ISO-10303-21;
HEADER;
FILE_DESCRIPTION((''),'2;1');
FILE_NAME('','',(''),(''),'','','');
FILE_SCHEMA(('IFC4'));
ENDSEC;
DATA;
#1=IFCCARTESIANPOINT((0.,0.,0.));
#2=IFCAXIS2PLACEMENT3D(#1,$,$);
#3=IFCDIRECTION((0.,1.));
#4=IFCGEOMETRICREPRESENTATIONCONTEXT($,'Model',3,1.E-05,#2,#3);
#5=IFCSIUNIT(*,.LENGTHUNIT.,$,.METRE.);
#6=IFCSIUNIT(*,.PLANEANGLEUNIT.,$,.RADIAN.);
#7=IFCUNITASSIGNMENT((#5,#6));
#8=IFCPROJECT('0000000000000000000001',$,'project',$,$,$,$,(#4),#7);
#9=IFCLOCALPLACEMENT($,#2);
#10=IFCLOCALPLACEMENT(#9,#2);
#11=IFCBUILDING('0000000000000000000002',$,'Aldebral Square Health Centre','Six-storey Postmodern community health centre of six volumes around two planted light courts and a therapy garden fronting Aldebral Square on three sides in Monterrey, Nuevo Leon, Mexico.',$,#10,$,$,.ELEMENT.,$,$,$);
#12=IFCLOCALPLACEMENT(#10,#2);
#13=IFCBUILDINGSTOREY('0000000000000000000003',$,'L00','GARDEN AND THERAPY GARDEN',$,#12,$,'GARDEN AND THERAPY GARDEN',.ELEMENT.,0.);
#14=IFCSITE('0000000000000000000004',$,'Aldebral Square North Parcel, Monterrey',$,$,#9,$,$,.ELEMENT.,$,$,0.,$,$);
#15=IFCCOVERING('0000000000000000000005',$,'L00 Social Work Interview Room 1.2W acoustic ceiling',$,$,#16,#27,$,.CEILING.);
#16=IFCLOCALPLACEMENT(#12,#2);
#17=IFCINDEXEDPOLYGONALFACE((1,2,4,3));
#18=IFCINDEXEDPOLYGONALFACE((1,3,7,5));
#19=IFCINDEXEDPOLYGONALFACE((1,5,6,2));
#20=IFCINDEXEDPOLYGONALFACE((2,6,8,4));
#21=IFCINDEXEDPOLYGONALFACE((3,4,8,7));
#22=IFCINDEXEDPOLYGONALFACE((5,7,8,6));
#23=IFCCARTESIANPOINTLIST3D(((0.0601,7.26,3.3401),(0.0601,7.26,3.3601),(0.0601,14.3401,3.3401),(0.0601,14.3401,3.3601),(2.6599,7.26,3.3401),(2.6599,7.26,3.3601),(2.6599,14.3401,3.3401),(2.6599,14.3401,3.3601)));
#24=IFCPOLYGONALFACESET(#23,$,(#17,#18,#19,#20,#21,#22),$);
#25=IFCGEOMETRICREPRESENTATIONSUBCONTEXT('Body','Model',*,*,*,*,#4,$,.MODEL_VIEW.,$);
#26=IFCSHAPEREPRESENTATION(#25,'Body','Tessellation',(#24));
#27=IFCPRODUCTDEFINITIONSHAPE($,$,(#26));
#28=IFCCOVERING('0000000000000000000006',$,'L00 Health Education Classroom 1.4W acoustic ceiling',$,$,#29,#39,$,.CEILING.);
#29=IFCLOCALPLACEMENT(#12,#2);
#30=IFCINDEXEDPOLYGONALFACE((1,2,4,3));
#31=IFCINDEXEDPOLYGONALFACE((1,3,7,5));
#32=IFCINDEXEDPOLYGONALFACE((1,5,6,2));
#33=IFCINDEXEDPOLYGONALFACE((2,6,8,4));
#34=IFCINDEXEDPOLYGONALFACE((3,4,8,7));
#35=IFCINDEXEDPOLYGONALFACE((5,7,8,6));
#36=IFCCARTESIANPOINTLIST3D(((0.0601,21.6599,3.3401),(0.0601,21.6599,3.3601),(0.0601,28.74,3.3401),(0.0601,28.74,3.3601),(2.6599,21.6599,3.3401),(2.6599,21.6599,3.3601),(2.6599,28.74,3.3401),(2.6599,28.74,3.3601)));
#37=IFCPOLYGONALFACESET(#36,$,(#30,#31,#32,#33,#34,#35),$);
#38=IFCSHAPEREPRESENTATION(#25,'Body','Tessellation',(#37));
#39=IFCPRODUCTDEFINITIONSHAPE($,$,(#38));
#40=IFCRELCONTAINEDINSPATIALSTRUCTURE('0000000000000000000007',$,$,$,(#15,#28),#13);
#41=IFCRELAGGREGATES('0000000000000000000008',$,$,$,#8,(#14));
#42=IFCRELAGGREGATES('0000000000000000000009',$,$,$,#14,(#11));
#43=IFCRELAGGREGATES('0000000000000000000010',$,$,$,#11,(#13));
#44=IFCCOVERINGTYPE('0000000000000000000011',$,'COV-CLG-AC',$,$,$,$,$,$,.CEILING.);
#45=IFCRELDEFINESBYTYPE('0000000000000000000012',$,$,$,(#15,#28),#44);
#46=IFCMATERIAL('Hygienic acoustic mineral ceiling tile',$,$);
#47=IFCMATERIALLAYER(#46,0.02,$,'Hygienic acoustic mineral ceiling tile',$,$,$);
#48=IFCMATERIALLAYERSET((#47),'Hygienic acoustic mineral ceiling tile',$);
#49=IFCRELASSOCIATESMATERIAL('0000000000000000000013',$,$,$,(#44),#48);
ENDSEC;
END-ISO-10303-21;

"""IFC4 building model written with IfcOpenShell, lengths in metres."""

from ifc_helpers import new_model, si_unit, direction, frame, origin, place, context, subcontext, project, spatial, polyline, outline, extrude, material, layer, layer_set, type_object, element, save


model = new_model("IFC4")

# Units and contexts
model_context = context("Model", 3, precision=1e-05, world=origin(), true_north=direction((0.0, 1.0)))
body_context = subcontext(model_context, "Body", "Model", "MODEL_VIEW")
ifc_project = project(units=[si_unit("LENGTHUNIT", "METRE"), si_unit("PLANEANGLEUNIT", "RADIAN")], contexts=[model_context])

# Site, building, storey
site_placement = place(None, origin())
site = spatial("IfcSite", under=ifc_project, at=site_placement, Name="Aldebral Square North Parcel, Monterrey", CompositionType="ELEMENT", RefElevation=0.0)
building_placement = place(site_placement, origin())
building = spatial("IfcBuilding", under=site, at=building_placement, Name="Aldebral Square Health Centre", Description="Six-storey Postmodern community health centre of six volumes around two planted light courts and a therapy garden fronting Aldebral Square on three sides in Monterrey, Nuevo Leon, Mexico.", CompositionType="ELEMENT")
storey_placement = place(building_placement, origin())
storey = spatial("IfcBuildingStorey", under=building, at=storey_placement, Name="L00", Description="GARDEN AND THERAPY GARDEN", LongName="GARDEN AND THERAPY GARDEN", CompositionType="ELEMENT", Elevation=0.0)

# Coverings
ifc_material = material(Name="Hygienic acoustic mineral ceiling tile")
ifc_layer = layer(ifc_material, 0.02, Name="Hygienic acoustic mineral ceiling tile")
ifc_layer_set = layer_set([ifc_layer], Name="Hygienic acoustic mineral ceiling tile")
covering_type = type_object("IfcCoveringType", Name="COV-CLG-AC", PredefinedType="CEILING", material=ifc_layer_set)
covering_1_placement = place(storey_placement, frame((0.0, 0.0, 3.3401)))
element("IfcCovering", 1, at=covering_1_placement, inside=storey, type_object=covering_type, Name="L00 Social Work Interview Room 1.2W acoustic ceiling", PredefinedType="CEILING", context=body_context, shape_type="SweptSolid", body=[
    extrude(outline(polyline([(0.0601, 7.26), (2.6599, 7.26), (2.6599, 14.3401), (0.0601, 14.3401), (0.0601, 7.26)])), origin(), (0.0, 0.0, 1.0), 0.02),
])
covering_2_placement = place(storey_placement, frame((0.0, 0.0, 3.3401)))
element("IfcCovering", 2, at=covering_2_placement, inside=storey, type_object=covering_type, Name="L00 Health Education Classroom 1.4W acoustic ceiling", PredefinedType="CEILING", context=body_context, shape_type="SweptSolid", body=[
    extrude(outline(polyline([(0.0601, 21.6599), (2.6599, 21.6599), (2.6599, 28.74), (0.0601, 28.74), (0.0601, 21.6599)])), origin(), (0.0, 0.0, 1.0), 0.02),
])

save(model, "model.ifc")
